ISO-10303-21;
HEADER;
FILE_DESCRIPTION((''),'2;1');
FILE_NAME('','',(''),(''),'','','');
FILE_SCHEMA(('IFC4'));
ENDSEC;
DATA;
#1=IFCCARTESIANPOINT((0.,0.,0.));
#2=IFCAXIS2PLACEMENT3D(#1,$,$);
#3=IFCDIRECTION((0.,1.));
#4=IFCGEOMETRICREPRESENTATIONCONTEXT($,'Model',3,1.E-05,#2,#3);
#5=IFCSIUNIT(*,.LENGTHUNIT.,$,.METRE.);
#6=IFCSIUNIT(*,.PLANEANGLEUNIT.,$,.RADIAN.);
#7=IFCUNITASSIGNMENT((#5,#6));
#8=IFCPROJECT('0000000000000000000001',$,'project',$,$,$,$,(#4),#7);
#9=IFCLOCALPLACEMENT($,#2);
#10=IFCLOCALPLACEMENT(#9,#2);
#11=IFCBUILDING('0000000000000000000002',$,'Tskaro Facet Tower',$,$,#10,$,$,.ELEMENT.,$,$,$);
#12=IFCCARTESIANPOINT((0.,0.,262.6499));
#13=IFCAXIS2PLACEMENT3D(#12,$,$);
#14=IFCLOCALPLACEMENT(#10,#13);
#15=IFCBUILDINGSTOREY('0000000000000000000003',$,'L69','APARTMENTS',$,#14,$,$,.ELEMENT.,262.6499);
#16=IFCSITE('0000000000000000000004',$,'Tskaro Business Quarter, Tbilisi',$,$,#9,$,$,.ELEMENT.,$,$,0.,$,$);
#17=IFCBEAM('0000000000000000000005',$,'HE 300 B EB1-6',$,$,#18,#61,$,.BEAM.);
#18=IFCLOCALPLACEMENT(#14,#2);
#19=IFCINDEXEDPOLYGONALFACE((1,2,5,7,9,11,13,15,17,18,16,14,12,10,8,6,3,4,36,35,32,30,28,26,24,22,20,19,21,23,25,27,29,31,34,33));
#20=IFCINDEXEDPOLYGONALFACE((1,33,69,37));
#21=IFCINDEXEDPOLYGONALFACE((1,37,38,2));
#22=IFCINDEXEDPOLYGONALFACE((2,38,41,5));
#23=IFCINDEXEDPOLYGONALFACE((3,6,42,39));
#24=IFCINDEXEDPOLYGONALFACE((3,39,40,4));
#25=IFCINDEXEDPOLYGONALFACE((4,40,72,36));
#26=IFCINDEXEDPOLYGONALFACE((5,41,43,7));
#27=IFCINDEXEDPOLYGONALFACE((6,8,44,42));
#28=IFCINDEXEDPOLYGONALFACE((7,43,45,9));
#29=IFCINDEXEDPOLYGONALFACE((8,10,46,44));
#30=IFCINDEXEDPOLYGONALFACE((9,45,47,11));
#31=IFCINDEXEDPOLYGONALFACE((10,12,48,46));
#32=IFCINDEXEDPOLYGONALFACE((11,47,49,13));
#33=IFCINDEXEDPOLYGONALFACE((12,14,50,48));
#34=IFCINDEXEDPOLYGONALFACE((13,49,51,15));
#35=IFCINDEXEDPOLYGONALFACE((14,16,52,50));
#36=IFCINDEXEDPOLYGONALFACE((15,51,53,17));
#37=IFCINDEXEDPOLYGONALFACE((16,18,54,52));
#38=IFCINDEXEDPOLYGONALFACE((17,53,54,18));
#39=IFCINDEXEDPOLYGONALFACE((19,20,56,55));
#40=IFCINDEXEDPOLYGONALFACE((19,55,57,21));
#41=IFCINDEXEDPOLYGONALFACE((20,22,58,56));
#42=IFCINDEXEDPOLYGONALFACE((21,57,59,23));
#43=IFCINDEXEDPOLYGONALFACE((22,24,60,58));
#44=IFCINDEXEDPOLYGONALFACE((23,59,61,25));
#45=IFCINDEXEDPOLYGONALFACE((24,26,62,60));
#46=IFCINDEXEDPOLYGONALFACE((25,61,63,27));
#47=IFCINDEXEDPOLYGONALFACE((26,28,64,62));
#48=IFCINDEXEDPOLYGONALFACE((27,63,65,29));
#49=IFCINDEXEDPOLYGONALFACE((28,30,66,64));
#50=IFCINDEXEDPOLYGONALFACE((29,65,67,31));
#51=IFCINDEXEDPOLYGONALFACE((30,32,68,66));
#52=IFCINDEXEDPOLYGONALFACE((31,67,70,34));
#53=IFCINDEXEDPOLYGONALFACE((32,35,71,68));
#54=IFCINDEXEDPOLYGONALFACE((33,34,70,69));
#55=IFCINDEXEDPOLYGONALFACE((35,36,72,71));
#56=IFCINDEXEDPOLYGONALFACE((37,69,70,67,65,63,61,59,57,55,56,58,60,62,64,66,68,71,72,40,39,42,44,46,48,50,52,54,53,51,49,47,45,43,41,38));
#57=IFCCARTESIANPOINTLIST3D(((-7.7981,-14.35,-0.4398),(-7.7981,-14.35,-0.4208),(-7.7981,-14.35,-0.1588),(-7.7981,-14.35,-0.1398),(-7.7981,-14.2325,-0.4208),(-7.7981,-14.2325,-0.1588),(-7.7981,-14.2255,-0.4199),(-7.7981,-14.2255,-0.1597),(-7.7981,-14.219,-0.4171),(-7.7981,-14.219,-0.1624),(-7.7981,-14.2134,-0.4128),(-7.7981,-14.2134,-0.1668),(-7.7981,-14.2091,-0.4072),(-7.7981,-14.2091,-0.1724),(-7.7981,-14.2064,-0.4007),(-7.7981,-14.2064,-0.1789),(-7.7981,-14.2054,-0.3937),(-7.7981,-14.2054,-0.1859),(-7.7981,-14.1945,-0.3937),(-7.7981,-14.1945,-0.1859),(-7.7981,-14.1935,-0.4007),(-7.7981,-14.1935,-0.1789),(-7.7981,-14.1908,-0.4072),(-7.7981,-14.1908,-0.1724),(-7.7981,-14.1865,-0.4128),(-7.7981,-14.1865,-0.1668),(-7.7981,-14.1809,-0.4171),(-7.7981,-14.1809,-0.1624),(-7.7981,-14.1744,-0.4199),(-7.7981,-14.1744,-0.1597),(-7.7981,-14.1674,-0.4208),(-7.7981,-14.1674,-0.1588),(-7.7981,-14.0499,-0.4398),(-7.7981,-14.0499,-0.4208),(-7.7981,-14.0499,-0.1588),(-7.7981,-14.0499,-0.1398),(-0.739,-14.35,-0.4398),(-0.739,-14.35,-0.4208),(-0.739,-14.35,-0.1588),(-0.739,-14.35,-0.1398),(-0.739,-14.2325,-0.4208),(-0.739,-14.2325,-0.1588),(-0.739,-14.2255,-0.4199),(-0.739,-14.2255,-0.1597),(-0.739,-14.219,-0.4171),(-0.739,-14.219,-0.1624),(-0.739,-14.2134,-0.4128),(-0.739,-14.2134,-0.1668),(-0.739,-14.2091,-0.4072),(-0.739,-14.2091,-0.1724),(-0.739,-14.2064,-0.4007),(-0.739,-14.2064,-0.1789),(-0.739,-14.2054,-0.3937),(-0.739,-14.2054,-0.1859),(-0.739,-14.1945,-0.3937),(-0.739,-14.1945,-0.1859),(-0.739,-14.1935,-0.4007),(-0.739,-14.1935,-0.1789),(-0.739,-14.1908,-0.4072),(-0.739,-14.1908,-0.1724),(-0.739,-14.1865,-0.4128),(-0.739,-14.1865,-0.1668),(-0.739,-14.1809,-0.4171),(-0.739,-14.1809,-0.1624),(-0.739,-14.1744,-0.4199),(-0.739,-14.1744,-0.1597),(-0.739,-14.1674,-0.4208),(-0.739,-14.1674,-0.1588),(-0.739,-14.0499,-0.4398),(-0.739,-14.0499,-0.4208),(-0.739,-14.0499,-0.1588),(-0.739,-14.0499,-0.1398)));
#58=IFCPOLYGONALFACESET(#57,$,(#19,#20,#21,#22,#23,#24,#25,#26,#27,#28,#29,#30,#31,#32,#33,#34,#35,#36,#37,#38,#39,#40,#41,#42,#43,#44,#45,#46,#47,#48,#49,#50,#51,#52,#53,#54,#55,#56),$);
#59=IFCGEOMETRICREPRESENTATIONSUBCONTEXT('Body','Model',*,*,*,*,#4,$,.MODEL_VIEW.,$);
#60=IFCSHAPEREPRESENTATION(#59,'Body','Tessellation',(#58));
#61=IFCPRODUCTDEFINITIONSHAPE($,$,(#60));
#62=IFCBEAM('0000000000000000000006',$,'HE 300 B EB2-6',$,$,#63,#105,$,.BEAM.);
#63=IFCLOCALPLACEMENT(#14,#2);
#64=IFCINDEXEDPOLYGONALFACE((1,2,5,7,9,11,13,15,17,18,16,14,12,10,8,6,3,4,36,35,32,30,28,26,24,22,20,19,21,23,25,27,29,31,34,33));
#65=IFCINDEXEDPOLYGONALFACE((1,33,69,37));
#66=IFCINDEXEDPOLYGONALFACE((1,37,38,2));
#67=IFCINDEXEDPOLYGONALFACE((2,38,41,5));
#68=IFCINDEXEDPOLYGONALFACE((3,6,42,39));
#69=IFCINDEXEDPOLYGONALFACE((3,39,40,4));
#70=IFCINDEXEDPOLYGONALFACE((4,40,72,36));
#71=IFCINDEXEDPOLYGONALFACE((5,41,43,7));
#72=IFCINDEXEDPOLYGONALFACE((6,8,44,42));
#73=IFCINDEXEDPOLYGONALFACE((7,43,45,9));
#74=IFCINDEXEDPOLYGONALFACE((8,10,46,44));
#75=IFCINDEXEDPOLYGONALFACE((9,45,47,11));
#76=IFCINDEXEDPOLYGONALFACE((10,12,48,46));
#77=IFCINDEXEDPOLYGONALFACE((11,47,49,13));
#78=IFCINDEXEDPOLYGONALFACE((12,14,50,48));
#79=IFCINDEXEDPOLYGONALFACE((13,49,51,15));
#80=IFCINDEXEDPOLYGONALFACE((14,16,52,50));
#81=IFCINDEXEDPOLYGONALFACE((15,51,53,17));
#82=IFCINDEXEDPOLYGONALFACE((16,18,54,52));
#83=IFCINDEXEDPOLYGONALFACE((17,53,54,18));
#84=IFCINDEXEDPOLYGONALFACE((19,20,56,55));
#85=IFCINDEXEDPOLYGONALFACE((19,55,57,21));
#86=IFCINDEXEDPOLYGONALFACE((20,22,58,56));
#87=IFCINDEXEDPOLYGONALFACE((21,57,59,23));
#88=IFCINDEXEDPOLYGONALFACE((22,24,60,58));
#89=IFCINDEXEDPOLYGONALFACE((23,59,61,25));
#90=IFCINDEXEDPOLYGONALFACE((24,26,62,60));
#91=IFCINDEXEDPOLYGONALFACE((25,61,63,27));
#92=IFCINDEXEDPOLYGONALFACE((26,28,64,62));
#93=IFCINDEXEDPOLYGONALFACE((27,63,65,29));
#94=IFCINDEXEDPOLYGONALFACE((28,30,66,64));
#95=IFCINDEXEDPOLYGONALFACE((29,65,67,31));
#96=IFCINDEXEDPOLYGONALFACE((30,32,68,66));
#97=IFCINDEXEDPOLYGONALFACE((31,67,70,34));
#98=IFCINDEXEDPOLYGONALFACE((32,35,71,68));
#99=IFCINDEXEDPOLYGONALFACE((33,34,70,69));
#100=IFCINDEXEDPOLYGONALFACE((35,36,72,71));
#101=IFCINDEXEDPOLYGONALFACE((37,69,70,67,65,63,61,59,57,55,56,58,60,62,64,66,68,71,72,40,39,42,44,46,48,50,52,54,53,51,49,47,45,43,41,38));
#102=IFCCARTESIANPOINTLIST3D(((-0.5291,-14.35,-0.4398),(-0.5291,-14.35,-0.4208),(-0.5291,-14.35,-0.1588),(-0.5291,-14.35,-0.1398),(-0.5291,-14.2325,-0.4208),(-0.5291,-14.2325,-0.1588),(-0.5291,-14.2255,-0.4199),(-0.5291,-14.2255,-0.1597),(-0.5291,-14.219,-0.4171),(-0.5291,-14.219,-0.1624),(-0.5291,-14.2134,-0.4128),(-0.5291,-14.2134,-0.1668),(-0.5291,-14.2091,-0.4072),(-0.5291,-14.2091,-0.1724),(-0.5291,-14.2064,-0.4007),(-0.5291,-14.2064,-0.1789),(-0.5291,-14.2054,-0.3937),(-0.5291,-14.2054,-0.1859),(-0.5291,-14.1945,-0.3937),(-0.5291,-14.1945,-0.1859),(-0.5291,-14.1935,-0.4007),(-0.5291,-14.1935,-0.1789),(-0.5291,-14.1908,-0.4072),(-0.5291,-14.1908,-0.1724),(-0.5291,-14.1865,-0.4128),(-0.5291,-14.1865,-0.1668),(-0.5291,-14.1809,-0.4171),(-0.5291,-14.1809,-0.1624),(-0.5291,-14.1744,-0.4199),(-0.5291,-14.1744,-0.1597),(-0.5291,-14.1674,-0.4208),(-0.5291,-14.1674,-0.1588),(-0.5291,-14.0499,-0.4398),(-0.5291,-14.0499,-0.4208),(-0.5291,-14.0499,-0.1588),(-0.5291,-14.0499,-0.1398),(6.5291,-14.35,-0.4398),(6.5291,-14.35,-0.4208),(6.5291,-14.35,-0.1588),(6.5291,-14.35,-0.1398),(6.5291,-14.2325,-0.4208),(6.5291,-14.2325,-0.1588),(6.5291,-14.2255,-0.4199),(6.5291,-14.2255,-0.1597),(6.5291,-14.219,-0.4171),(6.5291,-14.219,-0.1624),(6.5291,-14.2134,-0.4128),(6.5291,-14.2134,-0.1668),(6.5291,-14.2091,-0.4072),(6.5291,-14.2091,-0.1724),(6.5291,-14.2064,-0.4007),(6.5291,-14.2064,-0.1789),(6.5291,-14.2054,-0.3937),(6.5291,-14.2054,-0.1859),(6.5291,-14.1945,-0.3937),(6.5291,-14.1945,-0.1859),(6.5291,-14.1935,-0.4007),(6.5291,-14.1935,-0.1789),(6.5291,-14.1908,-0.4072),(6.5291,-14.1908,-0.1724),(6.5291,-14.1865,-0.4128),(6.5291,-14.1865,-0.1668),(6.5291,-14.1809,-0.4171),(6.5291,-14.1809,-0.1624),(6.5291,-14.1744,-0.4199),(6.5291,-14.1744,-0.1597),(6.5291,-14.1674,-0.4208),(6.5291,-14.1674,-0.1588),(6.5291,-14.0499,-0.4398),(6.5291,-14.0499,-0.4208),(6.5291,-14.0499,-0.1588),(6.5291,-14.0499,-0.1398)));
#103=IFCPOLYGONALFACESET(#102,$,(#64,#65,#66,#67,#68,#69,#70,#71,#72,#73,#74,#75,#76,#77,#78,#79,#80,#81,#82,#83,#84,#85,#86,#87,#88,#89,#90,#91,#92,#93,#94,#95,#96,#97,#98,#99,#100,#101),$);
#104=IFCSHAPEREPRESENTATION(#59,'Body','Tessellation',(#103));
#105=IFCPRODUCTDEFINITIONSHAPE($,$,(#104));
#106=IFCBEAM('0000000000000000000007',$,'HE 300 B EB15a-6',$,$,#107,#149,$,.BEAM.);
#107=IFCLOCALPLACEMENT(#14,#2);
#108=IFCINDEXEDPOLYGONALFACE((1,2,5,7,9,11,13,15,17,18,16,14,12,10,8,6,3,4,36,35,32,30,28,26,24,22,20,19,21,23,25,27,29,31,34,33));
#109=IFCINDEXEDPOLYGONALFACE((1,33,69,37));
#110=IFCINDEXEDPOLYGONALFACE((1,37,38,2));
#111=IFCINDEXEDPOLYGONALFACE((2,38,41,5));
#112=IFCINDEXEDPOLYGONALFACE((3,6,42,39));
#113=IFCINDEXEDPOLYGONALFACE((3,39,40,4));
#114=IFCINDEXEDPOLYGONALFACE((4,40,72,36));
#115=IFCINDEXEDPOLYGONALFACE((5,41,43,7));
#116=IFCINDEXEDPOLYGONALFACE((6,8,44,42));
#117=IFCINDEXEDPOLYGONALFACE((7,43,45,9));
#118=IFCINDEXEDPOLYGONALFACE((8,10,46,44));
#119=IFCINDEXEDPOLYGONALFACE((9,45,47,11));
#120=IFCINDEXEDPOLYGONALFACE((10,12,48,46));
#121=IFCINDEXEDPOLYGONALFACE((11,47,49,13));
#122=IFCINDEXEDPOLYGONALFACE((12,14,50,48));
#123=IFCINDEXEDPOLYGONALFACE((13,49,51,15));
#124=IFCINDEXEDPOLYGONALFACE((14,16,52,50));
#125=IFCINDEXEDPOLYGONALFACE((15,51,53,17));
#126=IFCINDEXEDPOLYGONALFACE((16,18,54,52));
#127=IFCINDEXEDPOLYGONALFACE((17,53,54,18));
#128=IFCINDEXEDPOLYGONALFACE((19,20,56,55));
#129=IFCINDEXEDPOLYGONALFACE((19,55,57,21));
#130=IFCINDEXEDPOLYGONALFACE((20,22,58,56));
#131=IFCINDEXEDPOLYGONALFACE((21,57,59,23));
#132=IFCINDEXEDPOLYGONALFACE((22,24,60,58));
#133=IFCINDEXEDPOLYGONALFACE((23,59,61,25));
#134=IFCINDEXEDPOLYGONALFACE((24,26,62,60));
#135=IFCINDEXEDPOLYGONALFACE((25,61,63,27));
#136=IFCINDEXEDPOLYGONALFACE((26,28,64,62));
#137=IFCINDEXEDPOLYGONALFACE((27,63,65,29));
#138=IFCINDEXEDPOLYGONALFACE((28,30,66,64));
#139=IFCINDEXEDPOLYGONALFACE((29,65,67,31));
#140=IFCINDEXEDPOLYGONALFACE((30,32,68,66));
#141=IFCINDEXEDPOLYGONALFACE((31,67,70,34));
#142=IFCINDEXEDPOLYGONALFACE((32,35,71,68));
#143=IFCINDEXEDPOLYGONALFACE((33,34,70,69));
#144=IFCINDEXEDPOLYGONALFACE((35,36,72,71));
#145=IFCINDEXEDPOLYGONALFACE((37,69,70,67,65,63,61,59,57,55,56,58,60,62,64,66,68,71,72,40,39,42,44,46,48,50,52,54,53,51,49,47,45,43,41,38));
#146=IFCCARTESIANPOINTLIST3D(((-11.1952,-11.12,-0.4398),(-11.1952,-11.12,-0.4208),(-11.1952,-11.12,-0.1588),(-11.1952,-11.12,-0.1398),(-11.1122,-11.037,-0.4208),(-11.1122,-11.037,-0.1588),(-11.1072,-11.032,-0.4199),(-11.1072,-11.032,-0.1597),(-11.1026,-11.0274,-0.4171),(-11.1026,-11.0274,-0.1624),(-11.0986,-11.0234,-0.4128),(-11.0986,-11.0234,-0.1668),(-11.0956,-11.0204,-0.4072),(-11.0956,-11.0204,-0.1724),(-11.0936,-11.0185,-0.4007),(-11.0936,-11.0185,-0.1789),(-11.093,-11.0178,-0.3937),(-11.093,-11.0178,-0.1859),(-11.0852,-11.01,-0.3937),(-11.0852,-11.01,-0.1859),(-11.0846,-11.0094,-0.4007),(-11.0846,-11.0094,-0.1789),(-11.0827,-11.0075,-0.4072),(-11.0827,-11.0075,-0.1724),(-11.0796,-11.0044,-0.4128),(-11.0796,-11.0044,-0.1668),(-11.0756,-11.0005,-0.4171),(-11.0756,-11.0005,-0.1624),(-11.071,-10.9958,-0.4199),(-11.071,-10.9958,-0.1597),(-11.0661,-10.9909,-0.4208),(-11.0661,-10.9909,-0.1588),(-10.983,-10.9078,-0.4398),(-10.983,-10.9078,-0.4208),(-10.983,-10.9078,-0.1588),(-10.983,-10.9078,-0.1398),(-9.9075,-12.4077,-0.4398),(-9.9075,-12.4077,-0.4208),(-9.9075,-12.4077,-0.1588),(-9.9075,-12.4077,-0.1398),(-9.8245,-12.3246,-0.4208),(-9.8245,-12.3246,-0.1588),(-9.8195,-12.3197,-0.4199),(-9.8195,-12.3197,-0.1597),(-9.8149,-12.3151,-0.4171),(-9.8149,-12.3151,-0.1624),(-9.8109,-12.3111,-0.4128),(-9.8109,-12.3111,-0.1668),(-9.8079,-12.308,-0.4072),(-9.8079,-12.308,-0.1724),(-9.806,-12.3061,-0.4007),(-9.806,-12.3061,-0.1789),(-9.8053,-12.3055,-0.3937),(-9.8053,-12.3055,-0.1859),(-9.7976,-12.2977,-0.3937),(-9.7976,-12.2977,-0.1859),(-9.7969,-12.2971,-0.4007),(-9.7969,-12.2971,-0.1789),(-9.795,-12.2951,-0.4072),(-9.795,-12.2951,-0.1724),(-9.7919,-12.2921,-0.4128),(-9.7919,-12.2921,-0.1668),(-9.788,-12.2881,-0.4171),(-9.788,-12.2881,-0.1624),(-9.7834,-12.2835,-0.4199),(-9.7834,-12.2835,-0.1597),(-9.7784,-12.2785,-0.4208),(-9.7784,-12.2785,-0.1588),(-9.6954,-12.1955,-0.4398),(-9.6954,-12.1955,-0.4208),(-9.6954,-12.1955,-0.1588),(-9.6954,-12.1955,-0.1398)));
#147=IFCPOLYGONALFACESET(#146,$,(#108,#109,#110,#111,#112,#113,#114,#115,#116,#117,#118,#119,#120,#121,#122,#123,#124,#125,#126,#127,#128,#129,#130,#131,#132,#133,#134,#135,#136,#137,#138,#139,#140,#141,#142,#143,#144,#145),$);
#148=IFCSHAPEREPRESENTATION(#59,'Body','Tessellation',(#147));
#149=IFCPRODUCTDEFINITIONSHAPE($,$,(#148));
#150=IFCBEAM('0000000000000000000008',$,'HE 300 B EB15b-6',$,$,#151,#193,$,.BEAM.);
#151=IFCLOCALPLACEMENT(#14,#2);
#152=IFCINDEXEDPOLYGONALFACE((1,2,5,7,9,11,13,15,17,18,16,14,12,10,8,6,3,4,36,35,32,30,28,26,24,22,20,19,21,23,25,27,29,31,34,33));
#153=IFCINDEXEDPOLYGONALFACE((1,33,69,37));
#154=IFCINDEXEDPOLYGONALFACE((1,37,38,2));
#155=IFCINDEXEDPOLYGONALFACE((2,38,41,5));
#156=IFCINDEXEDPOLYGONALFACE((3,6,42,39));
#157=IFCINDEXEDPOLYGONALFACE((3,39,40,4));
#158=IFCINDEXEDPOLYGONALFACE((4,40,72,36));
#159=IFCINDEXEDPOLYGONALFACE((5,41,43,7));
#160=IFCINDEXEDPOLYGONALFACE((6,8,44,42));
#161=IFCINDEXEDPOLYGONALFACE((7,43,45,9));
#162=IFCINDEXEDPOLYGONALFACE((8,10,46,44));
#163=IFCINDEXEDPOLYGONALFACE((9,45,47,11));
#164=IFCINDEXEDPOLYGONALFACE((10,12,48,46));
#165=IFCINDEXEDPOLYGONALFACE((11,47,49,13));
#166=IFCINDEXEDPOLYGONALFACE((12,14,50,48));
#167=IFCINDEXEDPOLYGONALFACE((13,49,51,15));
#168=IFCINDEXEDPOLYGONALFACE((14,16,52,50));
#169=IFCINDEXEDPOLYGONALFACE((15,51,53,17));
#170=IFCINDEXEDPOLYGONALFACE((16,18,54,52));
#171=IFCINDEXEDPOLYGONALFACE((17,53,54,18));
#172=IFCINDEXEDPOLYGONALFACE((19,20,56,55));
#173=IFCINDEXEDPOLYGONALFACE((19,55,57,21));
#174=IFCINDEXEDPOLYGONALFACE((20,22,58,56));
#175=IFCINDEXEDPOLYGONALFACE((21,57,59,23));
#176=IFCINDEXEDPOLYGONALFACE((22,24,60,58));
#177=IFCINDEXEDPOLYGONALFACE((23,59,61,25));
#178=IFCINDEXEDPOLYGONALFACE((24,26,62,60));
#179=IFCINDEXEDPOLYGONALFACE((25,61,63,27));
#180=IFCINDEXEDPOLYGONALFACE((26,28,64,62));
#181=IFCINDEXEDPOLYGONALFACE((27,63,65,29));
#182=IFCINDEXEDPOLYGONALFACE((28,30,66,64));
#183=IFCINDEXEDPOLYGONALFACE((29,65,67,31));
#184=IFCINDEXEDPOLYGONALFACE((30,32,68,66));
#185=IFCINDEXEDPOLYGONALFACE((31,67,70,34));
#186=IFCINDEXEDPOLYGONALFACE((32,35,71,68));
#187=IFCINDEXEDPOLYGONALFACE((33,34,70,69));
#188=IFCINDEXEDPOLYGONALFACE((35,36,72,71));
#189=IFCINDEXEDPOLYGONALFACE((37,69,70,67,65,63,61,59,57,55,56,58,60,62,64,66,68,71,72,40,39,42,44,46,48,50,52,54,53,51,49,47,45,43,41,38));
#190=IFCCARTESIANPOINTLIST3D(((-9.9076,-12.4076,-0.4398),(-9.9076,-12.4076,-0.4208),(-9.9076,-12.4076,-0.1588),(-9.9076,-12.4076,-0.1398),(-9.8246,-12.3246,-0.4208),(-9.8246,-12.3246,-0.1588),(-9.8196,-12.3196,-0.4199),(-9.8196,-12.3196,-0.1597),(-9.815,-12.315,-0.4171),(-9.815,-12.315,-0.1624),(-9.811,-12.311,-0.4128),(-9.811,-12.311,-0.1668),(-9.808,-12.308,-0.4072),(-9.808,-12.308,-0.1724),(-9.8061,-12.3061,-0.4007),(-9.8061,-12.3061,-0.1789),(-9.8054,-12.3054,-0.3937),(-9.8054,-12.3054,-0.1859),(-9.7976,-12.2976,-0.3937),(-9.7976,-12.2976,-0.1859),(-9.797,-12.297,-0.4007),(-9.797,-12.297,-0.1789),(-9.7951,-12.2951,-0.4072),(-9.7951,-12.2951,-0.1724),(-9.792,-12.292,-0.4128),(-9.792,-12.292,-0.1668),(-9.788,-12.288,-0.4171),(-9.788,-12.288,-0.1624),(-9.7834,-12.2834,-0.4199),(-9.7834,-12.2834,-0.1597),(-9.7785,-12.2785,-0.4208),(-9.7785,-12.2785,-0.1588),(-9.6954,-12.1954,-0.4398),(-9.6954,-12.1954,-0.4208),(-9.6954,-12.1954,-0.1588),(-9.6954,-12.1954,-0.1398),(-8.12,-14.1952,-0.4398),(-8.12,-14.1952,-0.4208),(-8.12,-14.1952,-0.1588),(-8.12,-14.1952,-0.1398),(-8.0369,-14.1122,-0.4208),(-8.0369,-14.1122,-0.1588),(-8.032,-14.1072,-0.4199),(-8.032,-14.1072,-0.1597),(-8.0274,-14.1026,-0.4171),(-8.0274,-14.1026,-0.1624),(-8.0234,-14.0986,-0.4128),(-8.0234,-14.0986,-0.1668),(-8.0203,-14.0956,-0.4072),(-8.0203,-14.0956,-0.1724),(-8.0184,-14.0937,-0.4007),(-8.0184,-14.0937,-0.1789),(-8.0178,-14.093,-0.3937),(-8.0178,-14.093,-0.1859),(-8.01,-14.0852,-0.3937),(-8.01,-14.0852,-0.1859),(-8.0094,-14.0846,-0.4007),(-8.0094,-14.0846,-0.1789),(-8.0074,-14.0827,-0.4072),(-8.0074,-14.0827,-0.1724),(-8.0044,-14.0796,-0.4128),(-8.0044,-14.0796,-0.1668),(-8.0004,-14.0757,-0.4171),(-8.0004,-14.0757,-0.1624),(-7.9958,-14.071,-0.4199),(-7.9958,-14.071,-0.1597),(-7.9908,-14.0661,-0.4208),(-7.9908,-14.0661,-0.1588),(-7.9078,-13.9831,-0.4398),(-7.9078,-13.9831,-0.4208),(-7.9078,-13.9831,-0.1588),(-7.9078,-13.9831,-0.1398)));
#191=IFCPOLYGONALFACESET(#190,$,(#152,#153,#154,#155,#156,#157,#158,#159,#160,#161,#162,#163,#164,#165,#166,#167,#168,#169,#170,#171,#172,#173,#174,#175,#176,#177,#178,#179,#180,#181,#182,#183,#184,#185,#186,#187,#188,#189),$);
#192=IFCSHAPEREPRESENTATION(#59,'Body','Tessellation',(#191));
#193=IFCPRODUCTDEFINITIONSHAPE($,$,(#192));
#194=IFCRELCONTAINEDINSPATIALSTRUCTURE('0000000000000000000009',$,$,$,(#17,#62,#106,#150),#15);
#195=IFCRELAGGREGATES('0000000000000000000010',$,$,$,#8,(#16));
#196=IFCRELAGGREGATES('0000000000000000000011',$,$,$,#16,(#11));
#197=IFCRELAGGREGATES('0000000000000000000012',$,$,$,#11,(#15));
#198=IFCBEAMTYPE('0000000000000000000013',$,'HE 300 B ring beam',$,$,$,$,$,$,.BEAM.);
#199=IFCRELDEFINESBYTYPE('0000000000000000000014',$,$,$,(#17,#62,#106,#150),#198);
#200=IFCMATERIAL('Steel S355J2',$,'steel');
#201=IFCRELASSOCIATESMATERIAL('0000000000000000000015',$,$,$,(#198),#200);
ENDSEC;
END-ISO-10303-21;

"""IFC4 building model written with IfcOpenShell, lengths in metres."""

from ifc_helpers import new_model, si_unit, direction, frame, origin, origin_2d, place, context, subcontext, project, spatial, i_section, extrude, material, material_profile, profile_set, type_object, element, save


model = new_model("IFC4")

# Units and contexts
model_context = context("Model", 3, precision=1e-05, world=origin(), true_north=direction((0.0, 1.0)))
body_context = subcontext(model_context, "Body", "Model", "MODEL_VIEW")
ifc_project = project(units=[si_unit("LENGTHUNIT", "METRE"), si_unit("PLANEANGLEUNIT", "RADIAN")], contexts=[model_context])

# Site, building, storey
site_placement = place(None, origin())
site = spatial("IfcSite", under=ifc_project, at=site_placement, Name="Tskaro Business Quarter, Tbilisi", CompositionType="ELEMENT", RefElevation=0.0)
building_placement = place(site_placement, origin())
building = spatial("IfcBuilding", under=site, at=building_placement, Name="Tskaro Facet Tower", CompositionType="ELEMENT")
storey_placement = place(building_placement, frame((0.0, 0.0, 262.6499)))
storey = spatial("IfcBuildingStorey", under=building, at=storey_placement, Name="L69", Description="APARTMENTS", CompositionType="ELEMENT", Elevation=262.6499)

# Shared definitions
ifc_material_1 = material(Name="Steel S355J2", Category="steel")

# Beams
ifc_material_profile_1 = material_profile(ifc_material_1, i_section(OverallWidth=0.3, OverallDepth=0.3, WebThickness=0.011, FlangeThickness=0.019, FilletRadius=0.0271, at=origin_2d()), Name="HE 300 B")
ifc_profile_set_1 = profile_set([ifc_material_profile_1], Name="Steel S355J2")
beam_type_1 = type_object("IfcBeamType", Name="HE 300 B ring beam", PredefinedType="BEAM", material=ifc_profile_set_1)
beam_1_placement = place(storey_placement, frame((-7.7981, -14.2, -0.2898), z_axis=(1.0, 0.0, 0.0), x_axis=(0.0, 1.0, 0.0)))
element("IfcBeam", 1, at=beam_1_placement, inside=storey, type_object=beam_type_1, Name="HE 300 B EB1-6", PredefinedType="BEAM", context=body_context, shape_type="SweptSolid", body=[
    extrude(i_section(OverallWidth=0.3, OverallDepth=0.3, WebThickness=0.011, FlangeThickness=0.019, FilletRadius=0.0271, at=origin_2d()), origin(), (0.0, 0.0, 1.0), 7.0591),
])
beam_2_placement = place(storey_placement, frame((-0.5291, -14.2, -0.2898), z_axis=(1.0, 0.0, 0.0), x_axis=(0.0, 1.0, 0.0)))
element("IfcBeam", 2, at=beam_2_placement, inside=storey, type_object=beam_type_1, Name="HE 300 B EB2-6", PredefinedType="BEAM", context=body_context, shape_type="SweptSolid", body=[
    extrude(i_section(OverallWidth=0.3, OverallDepth=0.3, WebThickness=0.011, FlangeThickness=0.019, FilletRadius=0.0271, at=origin_2d()), origin(), (0.0, 0.0, 1.0), 7.0581),
])
beam_3_placement = place(storey_placement, frame((-11.0891, -11.0139, -0.2898), z_axis=(0.707107, -0.707107, 0.0), x_axis=(0.707107, 0.707107, 0.0)))
element("IfcBeam", 3, at=beam_3_placement, inside=storey, type_object=beam_type_1, Name="HE 300 B EB15a-6", PredefinedType="BEAM", context=body_context, shape_type="SweptSolid", body=[
    extrude(i_section(OverallWidth=0.3, OverallDepth=0.3, WebThickness=0.011, FlangeThickness=0.019, FilletRadius=0.0271, at=origin_2d()), origin(), (0.0, 0.0, 1.0), 1.821),
])
beam_4_placement = place(storey_placement, frame((-9.8015, -12.3015, -0.2898), z_axis=(0.707107, -0.707107, 0.0), x_axis=(0.707107, 0.707107, 0.0)))
element("IfcBeam", 4, at=beam_4_placement, inside=storey, type_object=beam_type_1, Name="HE 300 B EB15b-6", PredefinedType="BEAM", context=body_context, shape_type="SweptSolid", body=[
    extrude(i_section(OverallWidth=0.3, OverallDepth=0.3, WebThickness=0.011, FlangeThickness=0.019, FilletRadius=0.0271, at=origin_2d()), origin(), (0.0, 0.0, 1.0), 2.5281),
])

save(model, "model.ifc")
